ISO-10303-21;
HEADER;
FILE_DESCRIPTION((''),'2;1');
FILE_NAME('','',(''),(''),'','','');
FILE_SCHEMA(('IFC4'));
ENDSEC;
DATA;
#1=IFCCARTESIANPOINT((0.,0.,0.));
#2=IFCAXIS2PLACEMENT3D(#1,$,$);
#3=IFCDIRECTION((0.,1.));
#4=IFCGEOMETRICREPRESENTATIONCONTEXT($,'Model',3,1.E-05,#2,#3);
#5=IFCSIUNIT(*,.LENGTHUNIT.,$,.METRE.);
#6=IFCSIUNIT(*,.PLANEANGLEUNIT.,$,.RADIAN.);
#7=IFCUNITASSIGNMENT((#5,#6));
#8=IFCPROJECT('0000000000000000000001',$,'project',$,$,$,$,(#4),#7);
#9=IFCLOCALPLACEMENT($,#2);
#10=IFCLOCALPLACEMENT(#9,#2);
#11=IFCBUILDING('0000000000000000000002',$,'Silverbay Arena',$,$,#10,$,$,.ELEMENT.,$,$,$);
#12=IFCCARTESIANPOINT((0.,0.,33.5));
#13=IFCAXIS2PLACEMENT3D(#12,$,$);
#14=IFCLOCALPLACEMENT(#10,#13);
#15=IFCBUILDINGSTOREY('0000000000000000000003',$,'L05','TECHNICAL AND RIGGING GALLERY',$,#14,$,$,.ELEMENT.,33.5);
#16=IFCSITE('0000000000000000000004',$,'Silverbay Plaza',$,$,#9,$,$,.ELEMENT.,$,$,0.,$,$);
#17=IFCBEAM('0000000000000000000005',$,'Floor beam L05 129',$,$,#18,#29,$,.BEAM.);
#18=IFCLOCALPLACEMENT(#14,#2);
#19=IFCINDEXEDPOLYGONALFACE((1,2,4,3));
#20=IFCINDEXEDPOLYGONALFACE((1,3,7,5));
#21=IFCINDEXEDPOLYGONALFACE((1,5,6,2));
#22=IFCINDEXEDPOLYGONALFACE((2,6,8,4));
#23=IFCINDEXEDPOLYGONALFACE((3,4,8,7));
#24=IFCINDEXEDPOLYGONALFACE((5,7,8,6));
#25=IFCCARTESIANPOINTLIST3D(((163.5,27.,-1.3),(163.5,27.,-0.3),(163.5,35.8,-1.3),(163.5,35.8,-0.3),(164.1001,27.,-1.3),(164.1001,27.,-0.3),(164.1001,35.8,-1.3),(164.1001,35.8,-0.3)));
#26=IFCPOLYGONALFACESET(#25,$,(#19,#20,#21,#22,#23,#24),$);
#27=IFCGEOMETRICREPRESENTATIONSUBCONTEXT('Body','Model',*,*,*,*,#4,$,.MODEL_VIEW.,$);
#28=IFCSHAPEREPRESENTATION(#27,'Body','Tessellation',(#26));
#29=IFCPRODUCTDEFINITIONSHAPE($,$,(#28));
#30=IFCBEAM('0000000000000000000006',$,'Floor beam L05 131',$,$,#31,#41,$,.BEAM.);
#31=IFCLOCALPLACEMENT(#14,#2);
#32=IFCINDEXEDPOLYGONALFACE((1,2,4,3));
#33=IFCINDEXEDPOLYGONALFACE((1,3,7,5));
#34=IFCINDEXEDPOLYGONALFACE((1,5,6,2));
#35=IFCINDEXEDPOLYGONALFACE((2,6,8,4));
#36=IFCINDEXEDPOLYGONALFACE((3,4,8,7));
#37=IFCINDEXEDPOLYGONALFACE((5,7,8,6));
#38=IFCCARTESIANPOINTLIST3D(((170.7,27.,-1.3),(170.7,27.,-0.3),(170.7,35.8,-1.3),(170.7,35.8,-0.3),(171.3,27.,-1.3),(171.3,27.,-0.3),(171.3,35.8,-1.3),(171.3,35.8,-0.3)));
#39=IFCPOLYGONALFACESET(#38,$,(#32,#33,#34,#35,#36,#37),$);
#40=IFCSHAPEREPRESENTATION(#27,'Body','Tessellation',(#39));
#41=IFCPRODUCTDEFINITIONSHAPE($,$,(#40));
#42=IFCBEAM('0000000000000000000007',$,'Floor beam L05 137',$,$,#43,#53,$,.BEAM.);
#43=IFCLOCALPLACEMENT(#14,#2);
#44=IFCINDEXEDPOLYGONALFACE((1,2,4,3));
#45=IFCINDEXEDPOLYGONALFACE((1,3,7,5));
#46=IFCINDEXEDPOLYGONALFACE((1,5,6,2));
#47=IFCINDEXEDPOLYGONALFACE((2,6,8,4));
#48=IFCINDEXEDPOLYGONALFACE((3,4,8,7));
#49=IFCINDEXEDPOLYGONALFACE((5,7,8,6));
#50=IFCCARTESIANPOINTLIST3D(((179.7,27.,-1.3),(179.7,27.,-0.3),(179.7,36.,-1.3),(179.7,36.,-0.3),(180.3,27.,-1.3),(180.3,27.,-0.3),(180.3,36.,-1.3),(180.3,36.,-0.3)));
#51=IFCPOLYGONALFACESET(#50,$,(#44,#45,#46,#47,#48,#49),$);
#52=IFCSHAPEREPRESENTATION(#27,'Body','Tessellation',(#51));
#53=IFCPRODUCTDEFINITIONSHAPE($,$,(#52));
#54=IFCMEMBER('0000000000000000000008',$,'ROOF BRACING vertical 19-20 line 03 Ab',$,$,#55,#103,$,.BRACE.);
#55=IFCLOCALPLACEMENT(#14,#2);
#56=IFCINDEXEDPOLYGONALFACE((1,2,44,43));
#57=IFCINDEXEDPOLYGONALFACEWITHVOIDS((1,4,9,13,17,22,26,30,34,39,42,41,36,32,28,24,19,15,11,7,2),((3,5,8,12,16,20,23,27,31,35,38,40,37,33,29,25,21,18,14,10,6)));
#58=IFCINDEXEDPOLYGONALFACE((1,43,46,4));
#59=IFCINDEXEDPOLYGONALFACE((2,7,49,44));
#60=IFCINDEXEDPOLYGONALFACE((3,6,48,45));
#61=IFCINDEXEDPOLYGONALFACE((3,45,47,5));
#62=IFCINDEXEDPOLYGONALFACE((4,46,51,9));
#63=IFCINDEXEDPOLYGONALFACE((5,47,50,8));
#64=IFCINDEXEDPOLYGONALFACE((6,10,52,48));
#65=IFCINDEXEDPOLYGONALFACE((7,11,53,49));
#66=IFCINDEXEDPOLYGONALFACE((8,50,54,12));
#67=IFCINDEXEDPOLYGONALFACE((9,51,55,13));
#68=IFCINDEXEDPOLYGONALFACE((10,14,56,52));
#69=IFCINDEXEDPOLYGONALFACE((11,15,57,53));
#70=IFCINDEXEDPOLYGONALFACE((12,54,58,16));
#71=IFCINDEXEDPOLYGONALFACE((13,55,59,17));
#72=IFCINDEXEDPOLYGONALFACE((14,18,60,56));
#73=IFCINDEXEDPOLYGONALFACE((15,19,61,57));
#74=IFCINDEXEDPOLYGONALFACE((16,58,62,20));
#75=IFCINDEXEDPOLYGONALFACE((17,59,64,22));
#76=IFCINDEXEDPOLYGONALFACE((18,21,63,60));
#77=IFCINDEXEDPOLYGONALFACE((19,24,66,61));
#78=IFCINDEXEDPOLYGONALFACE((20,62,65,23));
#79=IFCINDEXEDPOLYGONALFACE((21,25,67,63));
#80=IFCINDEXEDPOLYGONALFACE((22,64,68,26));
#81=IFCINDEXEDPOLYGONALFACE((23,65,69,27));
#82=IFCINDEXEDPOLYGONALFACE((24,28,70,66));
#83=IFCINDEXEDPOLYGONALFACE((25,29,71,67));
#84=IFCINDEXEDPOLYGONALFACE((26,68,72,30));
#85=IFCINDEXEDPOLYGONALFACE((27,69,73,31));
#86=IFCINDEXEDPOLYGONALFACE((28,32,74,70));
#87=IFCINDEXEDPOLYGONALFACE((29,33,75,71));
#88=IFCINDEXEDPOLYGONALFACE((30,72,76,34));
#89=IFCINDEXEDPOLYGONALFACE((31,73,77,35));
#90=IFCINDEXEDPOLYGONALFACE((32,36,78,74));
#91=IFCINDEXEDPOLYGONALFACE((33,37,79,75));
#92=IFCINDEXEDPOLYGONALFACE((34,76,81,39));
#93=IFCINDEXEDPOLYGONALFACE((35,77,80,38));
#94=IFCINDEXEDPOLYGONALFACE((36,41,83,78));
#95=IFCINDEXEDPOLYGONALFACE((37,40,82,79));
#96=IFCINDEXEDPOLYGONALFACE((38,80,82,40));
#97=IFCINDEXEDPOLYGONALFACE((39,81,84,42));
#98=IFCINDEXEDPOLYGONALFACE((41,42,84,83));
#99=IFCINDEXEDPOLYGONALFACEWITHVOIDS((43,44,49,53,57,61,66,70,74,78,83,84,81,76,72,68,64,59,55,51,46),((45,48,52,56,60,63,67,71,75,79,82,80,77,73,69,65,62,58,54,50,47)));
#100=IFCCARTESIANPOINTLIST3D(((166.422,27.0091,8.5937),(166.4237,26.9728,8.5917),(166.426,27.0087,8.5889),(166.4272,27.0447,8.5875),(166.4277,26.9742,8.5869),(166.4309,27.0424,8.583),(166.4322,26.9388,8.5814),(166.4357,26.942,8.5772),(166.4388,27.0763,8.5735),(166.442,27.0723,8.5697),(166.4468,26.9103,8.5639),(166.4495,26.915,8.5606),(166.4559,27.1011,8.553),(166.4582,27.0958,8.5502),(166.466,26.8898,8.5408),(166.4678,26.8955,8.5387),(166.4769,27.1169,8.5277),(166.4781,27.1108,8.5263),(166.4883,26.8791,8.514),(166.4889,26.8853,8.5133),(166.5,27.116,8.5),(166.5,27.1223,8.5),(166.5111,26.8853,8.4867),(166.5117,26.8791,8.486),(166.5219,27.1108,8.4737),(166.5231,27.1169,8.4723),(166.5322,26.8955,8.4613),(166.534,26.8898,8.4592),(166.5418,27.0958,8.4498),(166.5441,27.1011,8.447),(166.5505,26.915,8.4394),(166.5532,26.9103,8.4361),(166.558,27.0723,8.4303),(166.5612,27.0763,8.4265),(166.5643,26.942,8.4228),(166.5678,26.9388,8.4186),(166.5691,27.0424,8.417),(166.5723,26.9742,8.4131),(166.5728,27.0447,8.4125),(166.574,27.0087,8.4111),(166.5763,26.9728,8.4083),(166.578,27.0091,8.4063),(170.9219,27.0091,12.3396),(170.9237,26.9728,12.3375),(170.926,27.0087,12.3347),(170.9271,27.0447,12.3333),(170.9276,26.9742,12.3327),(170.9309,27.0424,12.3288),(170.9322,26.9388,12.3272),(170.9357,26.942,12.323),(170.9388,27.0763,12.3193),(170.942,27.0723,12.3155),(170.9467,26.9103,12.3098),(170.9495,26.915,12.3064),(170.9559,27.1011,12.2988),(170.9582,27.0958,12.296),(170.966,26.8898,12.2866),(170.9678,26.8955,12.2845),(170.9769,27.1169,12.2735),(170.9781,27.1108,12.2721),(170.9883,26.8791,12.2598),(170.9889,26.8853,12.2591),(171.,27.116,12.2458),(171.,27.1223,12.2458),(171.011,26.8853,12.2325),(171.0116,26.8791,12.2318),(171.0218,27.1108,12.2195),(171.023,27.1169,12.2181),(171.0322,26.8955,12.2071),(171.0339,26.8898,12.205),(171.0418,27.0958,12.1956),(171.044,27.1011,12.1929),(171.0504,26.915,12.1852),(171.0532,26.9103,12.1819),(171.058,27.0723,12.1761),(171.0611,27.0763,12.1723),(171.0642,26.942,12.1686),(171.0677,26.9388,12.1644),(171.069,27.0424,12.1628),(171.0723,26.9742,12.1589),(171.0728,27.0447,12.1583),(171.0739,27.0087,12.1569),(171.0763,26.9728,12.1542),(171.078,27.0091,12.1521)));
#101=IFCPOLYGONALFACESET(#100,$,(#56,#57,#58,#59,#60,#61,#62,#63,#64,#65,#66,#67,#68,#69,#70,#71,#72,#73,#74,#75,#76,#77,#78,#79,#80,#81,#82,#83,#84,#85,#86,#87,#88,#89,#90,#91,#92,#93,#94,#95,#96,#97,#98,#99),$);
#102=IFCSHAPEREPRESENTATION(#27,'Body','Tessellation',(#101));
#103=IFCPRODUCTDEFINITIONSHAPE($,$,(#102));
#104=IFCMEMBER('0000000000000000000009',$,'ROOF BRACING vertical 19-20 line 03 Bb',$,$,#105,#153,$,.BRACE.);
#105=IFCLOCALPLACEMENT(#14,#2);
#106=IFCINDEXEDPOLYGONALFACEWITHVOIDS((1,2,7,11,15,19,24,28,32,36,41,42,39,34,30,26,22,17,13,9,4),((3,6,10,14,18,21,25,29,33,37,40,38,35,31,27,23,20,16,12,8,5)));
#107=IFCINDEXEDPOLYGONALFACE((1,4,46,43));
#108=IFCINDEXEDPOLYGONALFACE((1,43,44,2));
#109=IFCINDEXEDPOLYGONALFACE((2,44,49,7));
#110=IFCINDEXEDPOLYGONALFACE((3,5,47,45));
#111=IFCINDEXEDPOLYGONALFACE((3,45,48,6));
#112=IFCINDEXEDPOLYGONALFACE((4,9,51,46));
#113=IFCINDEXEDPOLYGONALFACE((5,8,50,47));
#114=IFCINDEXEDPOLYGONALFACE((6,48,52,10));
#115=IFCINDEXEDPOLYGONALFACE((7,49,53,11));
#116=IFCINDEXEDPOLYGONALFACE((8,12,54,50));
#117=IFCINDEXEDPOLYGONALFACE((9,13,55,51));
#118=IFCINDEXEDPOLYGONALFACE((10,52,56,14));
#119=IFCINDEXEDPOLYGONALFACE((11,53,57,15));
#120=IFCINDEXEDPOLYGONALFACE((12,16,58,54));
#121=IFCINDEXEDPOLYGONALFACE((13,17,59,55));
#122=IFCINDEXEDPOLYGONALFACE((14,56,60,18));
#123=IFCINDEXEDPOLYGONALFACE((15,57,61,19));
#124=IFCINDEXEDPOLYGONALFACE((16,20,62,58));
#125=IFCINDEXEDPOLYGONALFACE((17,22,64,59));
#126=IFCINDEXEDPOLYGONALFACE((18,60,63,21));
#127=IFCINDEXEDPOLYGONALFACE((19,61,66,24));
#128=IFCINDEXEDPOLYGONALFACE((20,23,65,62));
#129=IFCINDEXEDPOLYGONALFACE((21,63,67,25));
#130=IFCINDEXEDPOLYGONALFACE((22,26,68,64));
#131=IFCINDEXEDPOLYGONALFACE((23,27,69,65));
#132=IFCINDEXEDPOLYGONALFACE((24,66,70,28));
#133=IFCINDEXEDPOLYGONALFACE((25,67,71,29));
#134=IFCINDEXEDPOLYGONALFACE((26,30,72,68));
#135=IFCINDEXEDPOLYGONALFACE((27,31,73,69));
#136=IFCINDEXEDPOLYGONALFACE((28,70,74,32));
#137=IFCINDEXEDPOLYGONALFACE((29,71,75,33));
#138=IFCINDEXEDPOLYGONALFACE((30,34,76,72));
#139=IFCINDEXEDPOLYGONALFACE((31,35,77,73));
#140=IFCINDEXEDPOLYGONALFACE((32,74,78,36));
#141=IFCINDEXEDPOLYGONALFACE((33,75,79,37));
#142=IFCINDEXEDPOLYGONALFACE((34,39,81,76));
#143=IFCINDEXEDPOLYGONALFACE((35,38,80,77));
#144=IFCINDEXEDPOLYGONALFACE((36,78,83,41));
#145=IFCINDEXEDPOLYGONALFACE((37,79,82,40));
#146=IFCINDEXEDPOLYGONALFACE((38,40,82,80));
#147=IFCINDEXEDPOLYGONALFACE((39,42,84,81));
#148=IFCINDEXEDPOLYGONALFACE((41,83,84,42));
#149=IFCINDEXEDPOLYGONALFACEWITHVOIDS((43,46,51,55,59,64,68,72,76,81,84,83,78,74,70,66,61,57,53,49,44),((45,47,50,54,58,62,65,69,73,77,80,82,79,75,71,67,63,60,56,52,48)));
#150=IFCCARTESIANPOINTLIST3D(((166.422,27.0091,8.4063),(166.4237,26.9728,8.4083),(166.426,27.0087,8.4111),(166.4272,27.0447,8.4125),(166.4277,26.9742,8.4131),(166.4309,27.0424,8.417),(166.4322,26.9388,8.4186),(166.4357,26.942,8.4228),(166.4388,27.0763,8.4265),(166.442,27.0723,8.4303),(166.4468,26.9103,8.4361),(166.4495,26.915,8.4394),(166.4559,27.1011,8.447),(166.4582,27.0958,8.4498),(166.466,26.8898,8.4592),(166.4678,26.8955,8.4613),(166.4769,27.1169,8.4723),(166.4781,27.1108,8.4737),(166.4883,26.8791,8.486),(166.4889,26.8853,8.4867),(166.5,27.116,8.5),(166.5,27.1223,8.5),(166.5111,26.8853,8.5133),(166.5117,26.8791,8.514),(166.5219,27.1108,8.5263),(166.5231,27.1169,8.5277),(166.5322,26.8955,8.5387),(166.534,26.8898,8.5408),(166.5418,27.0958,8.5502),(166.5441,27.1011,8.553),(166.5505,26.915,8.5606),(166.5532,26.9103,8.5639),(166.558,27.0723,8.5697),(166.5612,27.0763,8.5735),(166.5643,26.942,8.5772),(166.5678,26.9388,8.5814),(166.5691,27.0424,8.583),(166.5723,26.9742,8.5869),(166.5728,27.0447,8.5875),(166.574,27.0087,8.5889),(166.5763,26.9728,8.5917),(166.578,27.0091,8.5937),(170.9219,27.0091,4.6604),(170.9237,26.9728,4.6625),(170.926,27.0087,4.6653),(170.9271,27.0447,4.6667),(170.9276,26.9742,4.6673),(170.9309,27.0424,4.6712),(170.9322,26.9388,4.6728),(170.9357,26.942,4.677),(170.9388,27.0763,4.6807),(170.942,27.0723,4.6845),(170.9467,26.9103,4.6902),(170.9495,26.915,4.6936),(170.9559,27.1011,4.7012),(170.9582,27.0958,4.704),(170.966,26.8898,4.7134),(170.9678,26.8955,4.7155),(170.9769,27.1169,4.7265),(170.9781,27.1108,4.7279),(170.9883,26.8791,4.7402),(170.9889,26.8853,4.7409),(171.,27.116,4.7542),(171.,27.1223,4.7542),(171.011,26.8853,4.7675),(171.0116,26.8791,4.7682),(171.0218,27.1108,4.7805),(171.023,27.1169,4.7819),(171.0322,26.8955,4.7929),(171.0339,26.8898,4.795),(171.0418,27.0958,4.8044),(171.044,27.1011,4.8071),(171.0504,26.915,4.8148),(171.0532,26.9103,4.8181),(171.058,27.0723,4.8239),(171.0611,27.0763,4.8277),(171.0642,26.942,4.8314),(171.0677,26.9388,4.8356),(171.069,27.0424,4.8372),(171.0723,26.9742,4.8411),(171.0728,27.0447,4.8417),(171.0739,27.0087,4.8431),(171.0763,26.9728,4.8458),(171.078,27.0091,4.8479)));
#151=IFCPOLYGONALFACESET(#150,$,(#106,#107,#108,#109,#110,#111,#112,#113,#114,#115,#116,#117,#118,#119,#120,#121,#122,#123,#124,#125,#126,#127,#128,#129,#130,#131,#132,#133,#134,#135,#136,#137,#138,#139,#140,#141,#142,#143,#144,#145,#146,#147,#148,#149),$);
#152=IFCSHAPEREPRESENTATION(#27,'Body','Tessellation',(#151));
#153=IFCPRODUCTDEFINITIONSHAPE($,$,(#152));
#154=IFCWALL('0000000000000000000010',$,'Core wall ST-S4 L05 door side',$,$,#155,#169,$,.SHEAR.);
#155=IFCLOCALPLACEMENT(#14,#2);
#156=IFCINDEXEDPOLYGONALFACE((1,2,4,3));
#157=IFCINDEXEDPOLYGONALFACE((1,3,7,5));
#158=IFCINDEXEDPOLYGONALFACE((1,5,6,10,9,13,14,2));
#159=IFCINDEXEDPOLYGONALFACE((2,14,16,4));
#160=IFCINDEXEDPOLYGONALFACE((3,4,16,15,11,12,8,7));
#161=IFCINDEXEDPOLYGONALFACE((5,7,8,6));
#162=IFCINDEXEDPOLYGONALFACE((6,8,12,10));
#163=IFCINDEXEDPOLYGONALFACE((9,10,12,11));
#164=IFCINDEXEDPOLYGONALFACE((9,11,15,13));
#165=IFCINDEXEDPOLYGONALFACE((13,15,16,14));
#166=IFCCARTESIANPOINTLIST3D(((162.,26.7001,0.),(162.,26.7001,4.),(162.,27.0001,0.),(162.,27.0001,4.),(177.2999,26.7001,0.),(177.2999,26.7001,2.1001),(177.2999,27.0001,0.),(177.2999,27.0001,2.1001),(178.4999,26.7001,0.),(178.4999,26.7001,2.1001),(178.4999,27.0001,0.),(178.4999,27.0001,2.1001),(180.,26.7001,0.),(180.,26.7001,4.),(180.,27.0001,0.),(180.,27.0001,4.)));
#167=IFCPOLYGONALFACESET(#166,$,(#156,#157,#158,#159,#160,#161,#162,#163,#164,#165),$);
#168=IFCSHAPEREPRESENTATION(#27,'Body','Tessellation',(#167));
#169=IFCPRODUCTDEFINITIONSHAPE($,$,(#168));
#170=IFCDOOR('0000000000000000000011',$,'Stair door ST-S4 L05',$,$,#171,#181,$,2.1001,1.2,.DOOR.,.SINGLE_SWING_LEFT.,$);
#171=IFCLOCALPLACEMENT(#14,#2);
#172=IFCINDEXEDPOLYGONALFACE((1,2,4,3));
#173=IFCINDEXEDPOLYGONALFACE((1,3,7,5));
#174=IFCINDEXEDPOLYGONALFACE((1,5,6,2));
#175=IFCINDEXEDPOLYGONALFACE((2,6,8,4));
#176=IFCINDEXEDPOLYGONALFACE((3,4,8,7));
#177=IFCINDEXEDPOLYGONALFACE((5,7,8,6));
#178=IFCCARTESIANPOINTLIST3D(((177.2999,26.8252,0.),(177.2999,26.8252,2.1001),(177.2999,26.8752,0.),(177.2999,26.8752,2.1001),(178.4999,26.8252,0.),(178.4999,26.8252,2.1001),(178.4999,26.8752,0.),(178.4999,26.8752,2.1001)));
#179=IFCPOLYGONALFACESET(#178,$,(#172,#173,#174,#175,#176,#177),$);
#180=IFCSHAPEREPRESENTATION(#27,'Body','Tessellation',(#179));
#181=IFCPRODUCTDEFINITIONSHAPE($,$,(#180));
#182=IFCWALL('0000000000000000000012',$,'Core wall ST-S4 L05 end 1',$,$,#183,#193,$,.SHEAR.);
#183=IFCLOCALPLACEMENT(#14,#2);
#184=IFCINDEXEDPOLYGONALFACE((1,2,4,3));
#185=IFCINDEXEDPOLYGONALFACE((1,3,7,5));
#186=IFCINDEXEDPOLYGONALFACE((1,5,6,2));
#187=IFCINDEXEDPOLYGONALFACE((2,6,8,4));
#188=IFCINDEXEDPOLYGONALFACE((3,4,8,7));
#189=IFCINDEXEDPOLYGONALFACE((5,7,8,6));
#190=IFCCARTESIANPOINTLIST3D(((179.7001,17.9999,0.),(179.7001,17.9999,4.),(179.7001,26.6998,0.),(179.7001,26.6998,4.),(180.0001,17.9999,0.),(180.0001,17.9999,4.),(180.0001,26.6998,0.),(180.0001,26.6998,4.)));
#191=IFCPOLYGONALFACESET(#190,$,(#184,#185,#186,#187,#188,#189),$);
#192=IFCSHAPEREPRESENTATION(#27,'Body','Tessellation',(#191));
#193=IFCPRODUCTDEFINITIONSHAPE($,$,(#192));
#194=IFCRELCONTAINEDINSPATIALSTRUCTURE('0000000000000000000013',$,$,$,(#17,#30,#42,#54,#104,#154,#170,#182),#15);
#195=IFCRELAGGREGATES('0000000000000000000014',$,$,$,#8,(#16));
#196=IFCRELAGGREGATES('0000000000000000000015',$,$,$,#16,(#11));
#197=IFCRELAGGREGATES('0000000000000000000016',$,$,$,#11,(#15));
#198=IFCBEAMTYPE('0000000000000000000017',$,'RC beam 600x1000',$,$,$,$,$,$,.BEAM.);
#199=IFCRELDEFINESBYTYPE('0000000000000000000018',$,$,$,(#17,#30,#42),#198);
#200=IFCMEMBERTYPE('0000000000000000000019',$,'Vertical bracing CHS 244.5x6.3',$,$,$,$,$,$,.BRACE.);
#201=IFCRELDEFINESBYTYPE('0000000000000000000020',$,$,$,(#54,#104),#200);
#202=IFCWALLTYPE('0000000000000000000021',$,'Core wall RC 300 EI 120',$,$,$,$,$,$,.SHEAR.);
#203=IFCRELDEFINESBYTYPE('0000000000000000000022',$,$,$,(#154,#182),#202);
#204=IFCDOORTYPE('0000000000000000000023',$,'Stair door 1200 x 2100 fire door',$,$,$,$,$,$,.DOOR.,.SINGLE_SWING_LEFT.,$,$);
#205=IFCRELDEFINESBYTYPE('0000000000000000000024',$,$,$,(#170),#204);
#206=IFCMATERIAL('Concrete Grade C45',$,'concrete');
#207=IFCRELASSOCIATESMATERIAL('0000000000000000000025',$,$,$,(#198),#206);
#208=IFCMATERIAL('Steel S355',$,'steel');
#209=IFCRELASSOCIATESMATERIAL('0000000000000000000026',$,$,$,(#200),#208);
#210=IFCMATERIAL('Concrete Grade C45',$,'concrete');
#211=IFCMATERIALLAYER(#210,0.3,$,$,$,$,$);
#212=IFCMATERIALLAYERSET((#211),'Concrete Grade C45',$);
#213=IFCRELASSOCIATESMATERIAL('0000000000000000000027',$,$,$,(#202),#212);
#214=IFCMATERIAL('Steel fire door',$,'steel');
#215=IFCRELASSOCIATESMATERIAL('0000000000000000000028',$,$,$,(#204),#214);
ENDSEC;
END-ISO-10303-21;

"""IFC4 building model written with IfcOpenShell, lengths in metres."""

from ifc_helpers import new_model, si_unit, direction, frame, frame_2d, origin, origin_2d, place, context, subcontext, project, spatial, rectangle, hollow_circle, extrude, material, layer, layer_set, material_profile, profile_set, type_object, element, fill, save


model = new_model("IFC4")

# Units and contexts
model_context = context("Model", 3, precision=1e-05, world=origin(), true_north=direction((0.0, 1.0)))
body_context = subcontext(model_context, "Body", "Model", "MODEL_VIEW")
ifc_project = project(units=[si_unit("LENGTHUNIT", "METRE"), si_unit("PLANEANGLEUNIT", "RADIAN")], contexts=[model_context])

# Site, building, storey
site_placement = place(None, origin())
site = spatial("IfcSite", under=ifc_project, at=site_placement, Name="Silverbay Plaza", CompositionType="ELEMENT", RefElevation=0.0)
building_placement = place(site_placement, origin())
building = spatial("IfcBuilding", under=site, at=building_placement, Name="Silverbay Arena", CompositionType="ELEMENT")
storey_placement = place(building_placement, frame((0.0, 0.0, 33.5)))
storey = spatial("IfcBuildingStorey", under=building, at=storey_placement, Name="L05", Description="TECHNICAL AND RIGGING GALLERY", CompositionType="ELEMENT", Elevation=33.5)

# Beams
ifc_material_1 = material(Name="Concrete Grade C45", Category="concrete")
ifc_material_profile_1 = material_profile(ifc_material_1, rectangle(XDim=0.6001, YDim=1.0, at=origin_2d()), Name="RC 600x1000")
ifc_profile_set_1 = profile_set([ifc_material_profile_1], Name="Concrete Grade C45")
beam_type = type_object("IfcBeamType", Name="RC beam 600x1000", PredefinedType="BEAM", material=ifc_profile_set_1)
for number, where, z_axis, x_axis, name in (
    (1, (163.8, 27.0, -0.8), (0.0, 1.0, 0.0), (-1.0, 0.0, 0.0), "Floor beam L05 129"),
    (2, (171.0, 27.0, -0.8), (0.0, 1.0, 0.0), (-1.0, 0.0, 0.0), "Floor beam L05 131"),
):
    element("IfcBeam", number, at=place(storey_placement, frame(where, z_axis=z_axis, x_axis=x_axis)), inside=storey, type_object=beam_type, Name=name, PredefinedType="BEAM", context=body_context, shape_type="SweptSolid", body=[
        extrude(rectangle(XDim=0.6001, YDim=1.0, at=origin_2d()), origin(), (0.0, 0.0, 1.0), 8.8),
    ])
beam_placement = place(storey_placement, frame((180.0, 27.0, -0.8), z_axis=(0.0, 1.0, 0.0), x_axis=(-1.0, 0.0, 0.0)))
element("IfcBeam", 3, at=beam_placement, inside=storey, type_object=beam_type, Name="Floor beam L05 137", PredefinedType="BEAM", context=body_context, shape_type="SweptSolid", body=[
    extrude(rectangle(XDim=0.6001, YDim=1.0, at=origin_2d()), origin(), (0.0, 0.0, 1.0), 9.0),
])

# Members
ifc_material_2 = material(Name="Steel S355", Category="steel")
ifc_material_profile_2 = material_profile(ifc_material_2, hollow_circle(Radius=0.1223, WallThickness=0.0063, at=origin_2d()), Name="CHS 244.5x6.3")
ifc_profile_set_2 = profile_set([ifc_material_profile_2], Name="Steel S355")
member_type_1 = type_object("IfcMemberType", Name="Vertical bracing CHS 244.5x6.3", PredefinedType="BRACE", material=ifc_profile_set_2)
for number, where, z_axis, x_axis, name in (
    (4, (166.5, 27.0, 8.5), (0.76857, 0.0, 0.639766), (0.0, 1.0, 0.0), "ROOF BRACING vertical 19-20 line 03 Ab"),
    (5, (166.5, 27.0, 8.5), (0.76857, 0.0, -0.639766), (0.0, 1.0, 0.0), "ROOF BRACING vertical 19-20 line 03 Bb"),
):
    element("IfcMember", number, at=place(storey_placement, frame(where, z_axis=z_axis, x_axis=x_axis)), inside=storey, type_object=member_type_1, Name=name, PredefinedType="BRACE", context=body_context, shape_type="SweptSolid", body=[
        extrude(hollow_circle(Radius=0.1223, WallThickness=0.0063, at=origin_2d()), origin(), (0.0, 0.0, 1.0), 5.855),
    ])

# Wall, opening, door
ifc_material_3 = material(Name="Concrete Grade C45", Category="concrete")
ifc_layer_1 = layer(ifc_material_3, 0.3)
ifc_layer_set_1 = layer_set([ifc_layer_1], Name="Concrete Grade C45")
wall_type_1 = type_object("IfcWallType", Name="Core wall RC 300 EI 120", PredefinedType="SHEAR", material=ifc_layer_set_1)
wall_1_placement = place(storey_placement, frame((180.0, 26.8501, 0.0), z_axis=(0.0, 0.0, 1.0), x_axis=(-1.0, 0.0, 0.0)))
wall_1 = element("IfcWall", 6, at=wall_1_placement, inside=storey, type_object=wall_type_1, Name="Core wall ST-S4 L05 door side", PredefinedType="SHEAR", context=body_context, shape_type="SweptSolid", body=[
    extrude(rectangle(XDim=18.0, YDim=0.3, at=frame_2d((9.0, 0.0))), origin(), (0.0, 0.0, 1.0), 4.0),
])
opening_1_placement = place(wall_1_placement, frame((1.5, 0.0, 0.0)))
opening_1 = element("IfcOpeningElement", 7, at=opening_1_placement, cuts=wall_1, PredefinedType="OPENING", context=body_context, shape_type="SweptSolid", body=[
    extrude(rectangle(XDim=1.2, YDim=2.1001, at=frame_2d((0.6001, 1.05))), frame((0.0, 0.1602, 0.0), z_axis=(0.0, -1.0, 0.0), x_axis=(1.0, 0.0, 0.0)), (0.0, 0.0, 1.0), 0.3201),
])
ifc_material_4 = material(Name="Steel fire door", Category="steel")
door_type_1 = type_object("IfcDoorType", Name="Stair door 1200 x 2100 fire door", OperationType="SINGLE_SWING_LEFT", PredefinedType="DOOR", material=ifc_material_4)
door_1_placement = place(opening_1_placement, origin())
door_1 = element("IfcDoor", 8, at=door_1_placement, inside=storey, type_object=door_type_1, Name="Stair door ST-S4 L05", OperationType="SINGLE_SWING_LEFT", OverallHeight=2.1001, OverallWidth=1.2, PredefinedType="DOOR", context=body_context, shape_type="SweptSolid", body=[
    extrude(rectangle(XDim=1.2, YDim=2.1001, at=frame_2d((0.6001, 1.05))), frame((0.0, 0.0249, 0.0), z_axis=(0.0, -1.0, 0.0), x_axis=(1.0, 0.0, 0.0)), (0.0, 0.0, 1.0), 0.05),
])
fill(opening_1, door_1)

# Wall
for number, where, z_axis, x_axis, name in (
    (9, (179.8501, 26.7, 0.0), (0.0, 0.0, 1.0), (0.0, -1.0, 0.0), "Core wall ST-S4 L05 end 1"),
):
    element("IfcWall", number, at=place(storey_placement, frame(where, z_axis=z_axis, x_axis=x_axis)), inside=storey, type_object=wall_type_1, Name=name, PredefinedType="SHEAR", context=body_context, shape_type="SweptSolid", body=[
        extrude(rectangle(XDim=8.7, YDim=0.3, at=frame_2d((4.3501, 0.0))), origin(), (0.0, 0.0, 1.0), 4.0),
    ])

save(model, "model.ifc")
